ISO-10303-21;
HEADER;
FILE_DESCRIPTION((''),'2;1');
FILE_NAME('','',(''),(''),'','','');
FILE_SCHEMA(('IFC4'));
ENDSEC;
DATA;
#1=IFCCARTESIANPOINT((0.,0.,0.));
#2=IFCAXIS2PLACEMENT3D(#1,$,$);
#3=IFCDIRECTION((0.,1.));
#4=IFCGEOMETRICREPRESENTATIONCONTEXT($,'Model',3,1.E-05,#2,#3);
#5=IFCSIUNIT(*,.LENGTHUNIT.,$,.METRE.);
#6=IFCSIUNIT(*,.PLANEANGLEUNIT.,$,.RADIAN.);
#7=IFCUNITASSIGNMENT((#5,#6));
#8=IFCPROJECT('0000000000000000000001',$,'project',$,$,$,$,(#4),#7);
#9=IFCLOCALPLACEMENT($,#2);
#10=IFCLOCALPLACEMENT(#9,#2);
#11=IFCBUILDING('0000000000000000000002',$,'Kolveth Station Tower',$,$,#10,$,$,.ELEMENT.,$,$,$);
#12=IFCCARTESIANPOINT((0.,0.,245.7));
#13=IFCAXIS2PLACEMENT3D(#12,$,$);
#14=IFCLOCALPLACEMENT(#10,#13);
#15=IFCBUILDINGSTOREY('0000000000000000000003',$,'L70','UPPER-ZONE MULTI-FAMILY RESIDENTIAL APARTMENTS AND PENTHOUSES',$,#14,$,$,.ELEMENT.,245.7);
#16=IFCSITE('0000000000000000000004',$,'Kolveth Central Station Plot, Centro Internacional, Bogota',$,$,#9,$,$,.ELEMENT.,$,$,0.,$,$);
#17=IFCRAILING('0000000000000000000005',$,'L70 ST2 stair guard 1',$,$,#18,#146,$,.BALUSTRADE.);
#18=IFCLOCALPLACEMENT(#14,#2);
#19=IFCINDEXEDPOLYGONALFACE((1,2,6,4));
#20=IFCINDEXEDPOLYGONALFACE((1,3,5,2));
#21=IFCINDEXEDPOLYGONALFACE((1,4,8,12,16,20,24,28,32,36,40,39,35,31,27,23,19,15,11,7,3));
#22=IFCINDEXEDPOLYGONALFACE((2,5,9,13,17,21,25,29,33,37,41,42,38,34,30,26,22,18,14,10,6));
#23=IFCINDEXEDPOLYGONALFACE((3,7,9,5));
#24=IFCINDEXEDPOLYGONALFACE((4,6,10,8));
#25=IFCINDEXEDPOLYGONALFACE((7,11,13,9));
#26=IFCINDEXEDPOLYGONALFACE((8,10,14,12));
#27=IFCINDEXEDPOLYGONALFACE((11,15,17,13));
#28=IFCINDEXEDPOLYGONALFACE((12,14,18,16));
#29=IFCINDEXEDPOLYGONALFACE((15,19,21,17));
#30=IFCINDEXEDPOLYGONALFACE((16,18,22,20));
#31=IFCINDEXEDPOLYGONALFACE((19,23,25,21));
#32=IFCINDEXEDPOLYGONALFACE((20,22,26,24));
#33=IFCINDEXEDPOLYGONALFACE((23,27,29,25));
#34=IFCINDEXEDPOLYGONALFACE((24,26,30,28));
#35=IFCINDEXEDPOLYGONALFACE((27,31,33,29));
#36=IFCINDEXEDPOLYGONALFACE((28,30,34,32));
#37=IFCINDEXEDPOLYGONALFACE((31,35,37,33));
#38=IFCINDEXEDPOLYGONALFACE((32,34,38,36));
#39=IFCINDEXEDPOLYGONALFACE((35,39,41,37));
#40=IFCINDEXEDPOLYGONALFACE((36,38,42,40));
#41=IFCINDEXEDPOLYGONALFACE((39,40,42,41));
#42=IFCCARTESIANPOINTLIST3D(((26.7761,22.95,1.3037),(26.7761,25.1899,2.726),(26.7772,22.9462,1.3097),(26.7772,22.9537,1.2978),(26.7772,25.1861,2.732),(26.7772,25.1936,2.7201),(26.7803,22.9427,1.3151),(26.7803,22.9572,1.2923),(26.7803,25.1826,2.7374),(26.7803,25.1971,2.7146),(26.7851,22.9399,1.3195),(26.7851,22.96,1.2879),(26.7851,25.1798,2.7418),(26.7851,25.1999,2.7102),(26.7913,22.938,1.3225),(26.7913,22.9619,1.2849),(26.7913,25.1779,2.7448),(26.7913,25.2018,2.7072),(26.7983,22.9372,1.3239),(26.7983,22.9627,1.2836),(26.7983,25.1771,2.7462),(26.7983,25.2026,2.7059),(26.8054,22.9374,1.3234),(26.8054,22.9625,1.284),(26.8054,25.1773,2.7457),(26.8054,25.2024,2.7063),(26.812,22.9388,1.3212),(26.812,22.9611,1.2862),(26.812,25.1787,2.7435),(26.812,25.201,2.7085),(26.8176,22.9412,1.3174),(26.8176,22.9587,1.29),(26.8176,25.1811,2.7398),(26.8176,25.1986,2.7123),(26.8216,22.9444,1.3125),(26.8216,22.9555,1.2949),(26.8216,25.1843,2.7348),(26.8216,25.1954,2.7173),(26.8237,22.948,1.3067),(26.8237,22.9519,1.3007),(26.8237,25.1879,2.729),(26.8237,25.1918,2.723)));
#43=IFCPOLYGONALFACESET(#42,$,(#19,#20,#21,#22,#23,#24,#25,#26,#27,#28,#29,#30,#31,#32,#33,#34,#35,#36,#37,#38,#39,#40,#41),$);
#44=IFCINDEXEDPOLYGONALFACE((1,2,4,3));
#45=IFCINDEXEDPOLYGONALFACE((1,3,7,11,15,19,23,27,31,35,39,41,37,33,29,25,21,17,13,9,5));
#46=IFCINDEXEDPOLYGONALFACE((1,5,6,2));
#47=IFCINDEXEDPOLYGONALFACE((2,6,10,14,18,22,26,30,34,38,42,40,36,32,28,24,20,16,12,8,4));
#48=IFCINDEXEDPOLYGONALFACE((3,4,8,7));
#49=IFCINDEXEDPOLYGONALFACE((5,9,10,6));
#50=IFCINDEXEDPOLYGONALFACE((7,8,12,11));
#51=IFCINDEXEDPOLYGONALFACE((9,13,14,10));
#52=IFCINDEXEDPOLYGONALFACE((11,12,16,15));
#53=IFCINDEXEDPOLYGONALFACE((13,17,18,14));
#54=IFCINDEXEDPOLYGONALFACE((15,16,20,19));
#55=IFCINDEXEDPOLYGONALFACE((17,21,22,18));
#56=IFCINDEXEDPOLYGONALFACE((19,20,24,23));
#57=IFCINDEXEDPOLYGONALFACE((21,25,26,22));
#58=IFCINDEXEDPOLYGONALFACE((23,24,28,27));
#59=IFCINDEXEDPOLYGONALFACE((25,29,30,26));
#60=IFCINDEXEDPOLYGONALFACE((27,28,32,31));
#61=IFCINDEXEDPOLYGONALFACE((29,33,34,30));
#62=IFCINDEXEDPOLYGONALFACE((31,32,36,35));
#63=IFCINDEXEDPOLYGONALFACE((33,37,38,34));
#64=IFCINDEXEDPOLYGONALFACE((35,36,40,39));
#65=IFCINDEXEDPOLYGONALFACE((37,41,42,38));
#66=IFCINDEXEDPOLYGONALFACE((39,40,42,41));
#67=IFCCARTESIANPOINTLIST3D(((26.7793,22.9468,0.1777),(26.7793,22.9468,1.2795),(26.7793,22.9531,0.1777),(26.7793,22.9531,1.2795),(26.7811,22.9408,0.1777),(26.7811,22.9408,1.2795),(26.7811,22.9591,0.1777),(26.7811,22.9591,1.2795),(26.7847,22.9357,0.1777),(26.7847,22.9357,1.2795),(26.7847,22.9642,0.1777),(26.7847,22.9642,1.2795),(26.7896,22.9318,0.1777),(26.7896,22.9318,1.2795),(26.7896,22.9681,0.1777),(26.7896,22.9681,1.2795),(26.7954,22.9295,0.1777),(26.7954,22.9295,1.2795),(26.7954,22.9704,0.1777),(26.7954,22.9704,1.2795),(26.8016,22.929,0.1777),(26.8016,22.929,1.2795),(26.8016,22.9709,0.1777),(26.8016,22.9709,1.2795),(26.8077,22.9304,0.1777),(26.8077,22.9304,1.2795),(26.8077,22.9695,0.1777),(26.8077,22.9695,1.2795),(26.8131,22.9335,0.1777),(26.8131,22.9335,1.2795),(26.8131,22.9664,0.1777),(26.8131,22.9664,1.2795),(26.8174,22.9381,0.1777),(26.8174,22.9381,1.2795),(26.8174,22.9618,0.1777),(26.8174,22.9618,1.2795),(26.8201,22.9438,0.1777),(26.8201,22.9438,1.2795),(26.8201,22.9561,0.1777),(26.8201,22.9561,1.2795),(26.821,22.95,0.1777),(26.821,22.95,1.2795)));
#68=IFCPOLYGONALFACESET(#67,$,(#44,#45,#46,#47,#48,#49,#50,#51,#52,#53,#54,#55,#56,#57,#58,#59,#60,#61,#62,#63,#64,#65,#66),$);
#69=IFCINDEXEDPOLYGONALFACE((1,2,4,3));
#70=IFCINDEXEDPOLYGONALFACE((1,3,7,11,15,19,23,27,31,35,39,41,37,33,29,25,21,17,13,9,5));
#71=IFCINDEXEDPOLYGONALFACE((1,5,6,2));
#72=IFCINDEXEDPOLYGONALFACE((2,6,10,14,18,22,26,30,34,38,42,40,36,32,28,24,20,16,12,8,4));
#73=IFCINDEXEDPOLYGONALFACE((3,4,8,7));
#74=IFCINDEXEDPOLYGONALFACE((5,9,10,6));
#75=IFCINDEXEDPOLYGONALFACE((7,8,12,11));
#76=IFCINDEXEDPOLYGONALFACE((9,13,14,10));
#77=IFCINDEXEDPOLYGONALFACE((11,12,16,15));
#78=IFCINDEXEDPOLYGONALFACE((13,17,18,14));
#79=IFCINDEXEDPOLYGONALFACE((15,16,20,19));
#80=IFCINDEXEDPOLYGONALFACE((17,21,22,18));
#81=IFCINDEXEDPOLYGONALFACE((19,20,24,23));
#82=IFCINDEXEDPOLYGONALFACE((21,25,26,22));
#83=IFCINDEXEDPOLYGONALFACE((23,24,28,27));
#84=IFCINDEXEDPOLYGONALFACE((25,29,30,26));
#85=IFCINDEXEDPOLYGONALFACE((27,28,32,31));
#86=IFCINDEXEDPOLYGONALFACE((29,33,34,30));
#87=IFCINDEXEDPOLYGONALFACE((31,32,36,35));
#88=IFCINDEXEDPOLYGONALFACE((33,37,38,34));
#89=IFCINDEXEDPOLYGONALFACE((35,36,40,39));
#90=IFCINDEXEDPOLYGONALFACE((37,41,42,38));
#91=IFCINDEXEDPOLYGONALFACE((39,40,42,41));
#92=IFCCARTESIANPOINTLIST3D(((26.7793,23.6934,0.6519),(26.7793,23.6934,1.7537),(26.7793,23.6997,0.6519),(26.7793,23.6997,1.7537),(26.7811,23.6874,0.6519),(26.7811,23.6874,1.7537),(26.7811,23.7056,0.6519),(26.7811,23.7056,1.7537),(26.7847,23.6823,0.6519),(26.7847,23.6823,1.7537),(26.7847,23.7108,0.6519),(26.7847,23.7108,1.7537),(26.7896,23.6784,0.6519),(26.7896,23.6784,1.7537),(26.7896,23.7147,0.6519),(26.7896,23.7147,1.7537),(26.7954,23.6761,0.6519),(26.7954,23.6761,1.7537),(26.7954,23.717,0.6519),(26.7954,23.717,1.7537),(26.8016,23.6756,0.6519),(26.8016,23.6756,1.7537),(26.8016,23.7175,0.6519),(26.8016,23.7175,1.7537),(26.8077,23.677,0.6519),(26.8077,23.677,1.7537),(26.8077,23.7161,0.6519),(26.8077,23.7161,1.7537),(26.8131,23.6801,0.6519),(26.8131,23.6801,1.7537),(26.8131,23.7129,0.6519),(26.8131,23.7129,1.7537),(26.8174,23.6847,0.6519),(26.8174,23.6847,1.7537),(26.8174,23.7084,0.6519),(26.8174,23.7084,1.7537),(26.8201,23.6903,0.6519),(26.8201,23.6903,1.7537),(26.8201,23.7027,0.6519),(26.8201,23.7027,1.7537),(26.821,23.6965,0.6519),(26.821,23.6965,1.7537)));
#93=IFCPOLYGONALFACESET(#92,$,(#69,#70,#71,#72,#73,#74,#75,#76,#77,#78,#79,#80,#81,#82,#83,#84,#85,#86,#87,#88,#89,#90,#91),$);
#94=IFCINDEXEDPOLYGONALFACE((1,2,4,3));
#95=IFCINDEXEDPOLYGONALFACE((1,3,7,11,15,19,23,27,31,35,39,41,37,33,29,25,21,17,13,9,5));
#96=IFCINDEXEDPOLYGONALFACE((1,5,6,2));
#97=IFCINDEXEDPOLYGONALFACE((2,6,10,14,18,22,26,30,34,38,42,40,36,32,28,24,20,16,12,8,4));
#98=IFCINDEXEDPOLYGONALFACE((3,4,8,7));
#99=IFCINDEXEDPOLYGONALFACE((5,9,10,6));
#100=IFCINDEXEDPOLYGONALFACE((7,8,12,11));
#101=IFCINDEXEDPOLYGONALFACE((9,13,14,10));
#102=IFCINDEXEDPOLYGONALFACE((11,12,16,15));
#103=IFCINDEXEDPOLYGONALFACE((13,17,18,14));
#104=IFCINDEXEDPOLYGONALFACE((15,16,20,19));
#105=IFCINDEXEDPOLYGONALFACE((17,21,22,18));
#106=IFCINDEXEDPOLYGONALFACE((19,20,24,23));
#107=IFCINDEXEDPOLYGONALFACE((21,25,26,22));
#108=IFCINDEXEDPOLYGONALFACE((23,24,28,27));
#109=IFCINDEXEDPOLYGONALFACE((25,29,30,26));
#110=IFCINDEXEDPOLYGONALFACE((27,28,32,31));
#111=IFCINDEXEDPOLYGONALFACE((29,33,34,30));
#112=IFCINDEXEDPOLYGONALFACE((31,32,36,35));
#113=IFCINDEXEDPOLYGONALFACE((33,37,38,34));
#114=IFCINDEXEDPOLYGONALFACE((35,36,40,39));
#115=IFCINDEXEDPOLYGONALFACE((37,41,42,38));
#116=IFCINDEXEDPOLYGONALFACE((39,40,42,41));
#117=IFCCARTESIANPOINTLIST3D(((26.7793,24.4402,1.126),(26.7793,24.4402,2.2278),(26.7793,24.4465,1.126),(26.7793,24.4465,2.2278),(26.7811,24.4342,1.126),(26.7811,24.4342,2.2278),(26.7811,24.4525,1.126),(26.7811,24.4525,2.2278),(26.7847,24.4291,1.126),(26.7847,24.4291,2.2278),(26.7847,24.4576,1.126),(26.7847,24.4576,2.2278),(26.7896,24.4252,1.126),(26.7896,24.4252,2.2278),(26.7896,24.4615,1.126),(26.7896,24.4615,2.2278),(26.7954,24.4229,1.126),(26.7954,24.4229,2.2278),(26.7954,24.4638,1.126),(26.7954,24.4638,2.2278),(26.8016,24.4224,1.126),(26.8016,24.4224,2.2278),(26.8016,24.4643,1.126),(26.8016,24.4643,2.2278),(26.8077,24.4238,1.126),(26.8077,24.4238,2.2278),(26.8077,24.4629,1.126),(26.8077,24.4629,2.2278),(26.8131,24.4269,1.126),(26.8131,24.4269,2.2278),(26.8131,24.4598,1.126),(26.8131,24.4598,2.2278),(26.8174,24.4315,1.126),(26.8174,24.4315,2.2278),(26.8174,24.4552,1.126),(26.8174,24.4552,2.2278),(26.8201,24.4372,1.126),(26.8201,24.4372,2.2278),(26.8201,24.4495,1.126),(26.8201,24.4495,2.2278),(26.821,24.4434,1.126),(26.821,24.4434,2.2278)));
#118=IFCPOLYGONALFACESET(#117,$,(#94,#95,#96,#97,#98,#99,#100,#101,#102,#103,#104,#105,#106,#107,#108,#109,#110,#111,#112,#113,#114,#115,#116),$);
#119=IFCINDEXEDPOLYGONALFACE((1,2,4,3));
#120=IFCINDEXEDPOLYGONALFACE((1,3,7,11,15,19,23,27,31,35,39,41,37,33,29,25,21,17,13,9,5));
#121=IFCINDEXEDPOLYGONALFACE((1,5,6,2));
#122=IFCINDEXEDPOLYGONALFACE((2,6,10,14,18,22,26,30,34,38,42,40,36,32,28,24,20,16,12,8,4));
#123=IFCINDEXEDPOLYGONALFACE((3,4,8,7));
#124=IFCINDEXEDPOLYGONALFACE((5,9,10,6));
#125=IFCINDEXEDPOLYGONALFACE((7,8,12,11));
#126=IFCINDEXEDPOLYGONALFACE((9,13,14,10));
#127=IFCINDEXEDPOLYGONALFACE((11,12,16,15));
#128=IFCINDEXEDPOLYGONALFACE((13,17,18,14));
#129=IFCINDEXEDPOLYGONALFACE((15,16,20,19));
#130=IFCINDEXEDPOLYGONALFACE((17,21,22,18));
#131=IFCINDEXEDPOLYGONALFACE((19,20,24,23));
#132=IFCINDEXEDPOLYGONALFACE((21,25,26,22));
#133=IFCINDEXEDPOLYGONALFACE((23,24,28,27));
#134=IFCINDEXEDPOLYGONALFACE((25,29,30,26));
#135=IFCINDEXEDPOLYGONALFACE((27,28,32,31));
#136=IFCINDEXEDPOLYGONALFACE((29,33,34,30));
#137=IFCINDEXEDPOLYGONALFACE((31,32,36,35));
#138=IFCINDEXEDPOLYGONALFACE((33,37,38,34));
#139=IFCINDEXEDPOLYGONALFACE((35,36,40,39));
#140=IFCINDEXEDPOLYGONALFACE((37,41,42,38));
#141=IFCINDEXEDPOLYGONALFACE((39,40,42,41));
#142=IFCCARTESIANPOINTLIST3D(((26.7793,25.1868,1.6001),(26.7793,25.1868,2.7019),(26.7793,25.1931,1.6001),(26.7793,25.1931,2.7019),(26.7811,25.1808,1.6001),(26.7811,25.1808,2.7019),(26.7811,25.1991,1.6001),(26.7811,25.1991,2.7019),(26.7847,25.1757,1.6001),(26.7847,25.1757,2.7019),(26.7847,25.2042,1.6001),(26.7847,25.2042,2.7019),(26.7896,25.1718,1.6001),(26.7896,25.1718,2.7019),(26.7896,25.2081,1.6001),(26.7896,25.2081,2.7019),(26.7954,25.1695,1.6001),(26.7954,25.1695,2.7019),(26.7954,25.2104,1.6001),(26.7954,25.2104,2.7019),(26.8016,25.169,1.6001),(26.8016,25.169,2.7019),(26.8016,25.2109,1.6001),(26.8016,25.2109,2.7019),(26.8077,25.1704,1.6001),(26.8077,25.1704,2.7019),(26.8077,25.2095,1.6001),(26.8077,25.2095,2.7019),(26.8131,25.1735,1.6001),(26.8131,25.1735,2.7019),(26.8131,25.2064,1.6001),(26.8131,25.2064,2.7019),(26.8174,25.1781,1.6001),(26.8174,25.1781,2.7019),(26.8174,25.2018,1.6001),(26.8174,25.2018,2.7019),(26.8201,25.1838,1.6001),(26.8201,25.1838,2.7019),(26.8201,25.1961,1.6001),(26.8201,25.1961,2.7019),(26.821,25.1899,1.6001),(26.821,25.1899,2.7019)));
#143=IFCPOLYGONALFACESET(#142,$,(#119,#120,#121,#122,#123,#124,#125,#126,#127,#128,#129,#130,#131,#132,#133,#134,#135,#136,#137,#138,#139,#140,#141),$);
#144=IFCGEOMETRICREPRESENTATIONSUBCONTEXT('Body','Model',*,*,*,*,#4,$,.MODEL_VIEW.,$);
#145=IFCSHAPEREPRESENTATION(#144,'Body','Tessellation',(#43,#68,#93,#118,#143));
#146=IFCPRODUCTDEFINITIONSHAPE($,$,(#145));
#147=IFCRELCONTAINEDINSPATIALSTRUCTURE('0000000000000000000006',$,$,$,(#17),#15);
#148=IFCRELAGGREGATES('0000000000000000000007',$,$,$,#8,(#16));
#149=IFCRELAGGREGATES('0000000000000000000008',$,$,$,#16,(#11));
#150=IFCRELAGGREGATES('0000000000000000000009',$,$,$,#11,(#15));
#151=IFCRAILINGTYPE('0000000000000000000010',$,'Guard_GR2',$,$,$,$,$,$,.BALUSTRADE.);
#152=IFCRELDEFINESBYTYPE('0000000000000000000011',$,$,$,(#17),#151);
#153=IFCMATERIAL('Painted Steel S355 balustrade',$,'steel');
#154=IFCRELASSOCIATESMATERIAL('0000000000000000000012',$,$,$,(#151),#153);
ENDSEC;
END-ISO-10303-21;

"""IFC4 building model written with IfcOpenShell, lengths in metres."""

from ifc_helpers import new_model, si_unit, direction, frame, origin, origin_2d, place, context, subcontext, project, spatial, circle, extrude, material, type_object, element, save


model = new_model("IFC4")

# Units and contexts
model_context = context("Model", 3, precision=1e-05, world=origin(), true_north=direction((0.0, 1.0)))
body_context = subcontext(model_context, "Body", "Model", "MODEL_VIEW")
ifc_project = project(units=[si_unit("LENGTHUNIT", "METRE"), si_unit("PLANEANGLEUNIT", "RADIAN")], contexts=[model_context])

# Site, building, storey
site_placement = place(None, origin())
site = spatial("IfcSite", under=ifc_project, at=site_placement, Name="Kolveth Central Station Plot, Centro Internacional, Bogota", CompositionType="ELEMENT", RefElevation=0.0)
building_placement = place(site_placement, origin())
building = spatial("IfcBuilding", under=site, at=building_placement, Name="Kolveth Station Tower", CompositionType="ELEMENT")
storey_placement = place(building_placement, frame((0.0, 0.0, 245.7)))
storey = spatial("IfcBuildingStorey", under=building, at=storey_placement, Name="L70", Description="UPPER-ZONE MULTI-FAMILY RESIDENTIAL APARTMENTS AND PENTHOUSES", CompositionType="ELEMENT", Elevation=245.7)

# Railing
ifc_material_1 = material(Name="Painted Steel S355 balustrade", Category="steel")
railing_type_1 = type_object("IfcRailingType", Name="Guard_GR2", PredefinedType="BALUSTRADE", material=ifc_material_1)
railing_1_placement = place(storey_placement, frame((26.8, 22.95, 0.1777)))
element("IfcRailing", 1, at=railing_1_placement, inside=storey, type_object=railing_type_1, Name="L70 ST2 stair guard 1", PredefinedType="BALUSTRADE", context=body_context, shape_type="SweptSolid", body=[
    extrude(circle(Radius=0.0239, at=origin_2d()), frame((0.0, 0.0, 1.126), z_axis=(0.0, 0.844188, 0.536048), x_axis=(-1.0, 0.0, 0.0)), (0.0, 0.0, 1.0), 2.6533),
    extrude(circle(Radius=0.021, at=origin_2d()), origin(), (0.0, 0.0, 1.0), 1.1018),
    extrude(circle(Radius=0.021, at=origin_2d()), frame((0.0, 0.7466, 0.4741)), (0.0, 0.0, 1.0), 1.1018),
    extrude(circle(Radius=0.021, at=origin_2d()), frame((0.0, 1.4934, 0.9482)), (0.0, 0.0, 1.0), 1.1018),
    extrude(circle(Radius=0.021, at=origin_2d()), frame((0.0, 2.24, 1.4224)), (0.0, 0.0, 1.0), 1.1018),
])

save(model, "model.ifc")
